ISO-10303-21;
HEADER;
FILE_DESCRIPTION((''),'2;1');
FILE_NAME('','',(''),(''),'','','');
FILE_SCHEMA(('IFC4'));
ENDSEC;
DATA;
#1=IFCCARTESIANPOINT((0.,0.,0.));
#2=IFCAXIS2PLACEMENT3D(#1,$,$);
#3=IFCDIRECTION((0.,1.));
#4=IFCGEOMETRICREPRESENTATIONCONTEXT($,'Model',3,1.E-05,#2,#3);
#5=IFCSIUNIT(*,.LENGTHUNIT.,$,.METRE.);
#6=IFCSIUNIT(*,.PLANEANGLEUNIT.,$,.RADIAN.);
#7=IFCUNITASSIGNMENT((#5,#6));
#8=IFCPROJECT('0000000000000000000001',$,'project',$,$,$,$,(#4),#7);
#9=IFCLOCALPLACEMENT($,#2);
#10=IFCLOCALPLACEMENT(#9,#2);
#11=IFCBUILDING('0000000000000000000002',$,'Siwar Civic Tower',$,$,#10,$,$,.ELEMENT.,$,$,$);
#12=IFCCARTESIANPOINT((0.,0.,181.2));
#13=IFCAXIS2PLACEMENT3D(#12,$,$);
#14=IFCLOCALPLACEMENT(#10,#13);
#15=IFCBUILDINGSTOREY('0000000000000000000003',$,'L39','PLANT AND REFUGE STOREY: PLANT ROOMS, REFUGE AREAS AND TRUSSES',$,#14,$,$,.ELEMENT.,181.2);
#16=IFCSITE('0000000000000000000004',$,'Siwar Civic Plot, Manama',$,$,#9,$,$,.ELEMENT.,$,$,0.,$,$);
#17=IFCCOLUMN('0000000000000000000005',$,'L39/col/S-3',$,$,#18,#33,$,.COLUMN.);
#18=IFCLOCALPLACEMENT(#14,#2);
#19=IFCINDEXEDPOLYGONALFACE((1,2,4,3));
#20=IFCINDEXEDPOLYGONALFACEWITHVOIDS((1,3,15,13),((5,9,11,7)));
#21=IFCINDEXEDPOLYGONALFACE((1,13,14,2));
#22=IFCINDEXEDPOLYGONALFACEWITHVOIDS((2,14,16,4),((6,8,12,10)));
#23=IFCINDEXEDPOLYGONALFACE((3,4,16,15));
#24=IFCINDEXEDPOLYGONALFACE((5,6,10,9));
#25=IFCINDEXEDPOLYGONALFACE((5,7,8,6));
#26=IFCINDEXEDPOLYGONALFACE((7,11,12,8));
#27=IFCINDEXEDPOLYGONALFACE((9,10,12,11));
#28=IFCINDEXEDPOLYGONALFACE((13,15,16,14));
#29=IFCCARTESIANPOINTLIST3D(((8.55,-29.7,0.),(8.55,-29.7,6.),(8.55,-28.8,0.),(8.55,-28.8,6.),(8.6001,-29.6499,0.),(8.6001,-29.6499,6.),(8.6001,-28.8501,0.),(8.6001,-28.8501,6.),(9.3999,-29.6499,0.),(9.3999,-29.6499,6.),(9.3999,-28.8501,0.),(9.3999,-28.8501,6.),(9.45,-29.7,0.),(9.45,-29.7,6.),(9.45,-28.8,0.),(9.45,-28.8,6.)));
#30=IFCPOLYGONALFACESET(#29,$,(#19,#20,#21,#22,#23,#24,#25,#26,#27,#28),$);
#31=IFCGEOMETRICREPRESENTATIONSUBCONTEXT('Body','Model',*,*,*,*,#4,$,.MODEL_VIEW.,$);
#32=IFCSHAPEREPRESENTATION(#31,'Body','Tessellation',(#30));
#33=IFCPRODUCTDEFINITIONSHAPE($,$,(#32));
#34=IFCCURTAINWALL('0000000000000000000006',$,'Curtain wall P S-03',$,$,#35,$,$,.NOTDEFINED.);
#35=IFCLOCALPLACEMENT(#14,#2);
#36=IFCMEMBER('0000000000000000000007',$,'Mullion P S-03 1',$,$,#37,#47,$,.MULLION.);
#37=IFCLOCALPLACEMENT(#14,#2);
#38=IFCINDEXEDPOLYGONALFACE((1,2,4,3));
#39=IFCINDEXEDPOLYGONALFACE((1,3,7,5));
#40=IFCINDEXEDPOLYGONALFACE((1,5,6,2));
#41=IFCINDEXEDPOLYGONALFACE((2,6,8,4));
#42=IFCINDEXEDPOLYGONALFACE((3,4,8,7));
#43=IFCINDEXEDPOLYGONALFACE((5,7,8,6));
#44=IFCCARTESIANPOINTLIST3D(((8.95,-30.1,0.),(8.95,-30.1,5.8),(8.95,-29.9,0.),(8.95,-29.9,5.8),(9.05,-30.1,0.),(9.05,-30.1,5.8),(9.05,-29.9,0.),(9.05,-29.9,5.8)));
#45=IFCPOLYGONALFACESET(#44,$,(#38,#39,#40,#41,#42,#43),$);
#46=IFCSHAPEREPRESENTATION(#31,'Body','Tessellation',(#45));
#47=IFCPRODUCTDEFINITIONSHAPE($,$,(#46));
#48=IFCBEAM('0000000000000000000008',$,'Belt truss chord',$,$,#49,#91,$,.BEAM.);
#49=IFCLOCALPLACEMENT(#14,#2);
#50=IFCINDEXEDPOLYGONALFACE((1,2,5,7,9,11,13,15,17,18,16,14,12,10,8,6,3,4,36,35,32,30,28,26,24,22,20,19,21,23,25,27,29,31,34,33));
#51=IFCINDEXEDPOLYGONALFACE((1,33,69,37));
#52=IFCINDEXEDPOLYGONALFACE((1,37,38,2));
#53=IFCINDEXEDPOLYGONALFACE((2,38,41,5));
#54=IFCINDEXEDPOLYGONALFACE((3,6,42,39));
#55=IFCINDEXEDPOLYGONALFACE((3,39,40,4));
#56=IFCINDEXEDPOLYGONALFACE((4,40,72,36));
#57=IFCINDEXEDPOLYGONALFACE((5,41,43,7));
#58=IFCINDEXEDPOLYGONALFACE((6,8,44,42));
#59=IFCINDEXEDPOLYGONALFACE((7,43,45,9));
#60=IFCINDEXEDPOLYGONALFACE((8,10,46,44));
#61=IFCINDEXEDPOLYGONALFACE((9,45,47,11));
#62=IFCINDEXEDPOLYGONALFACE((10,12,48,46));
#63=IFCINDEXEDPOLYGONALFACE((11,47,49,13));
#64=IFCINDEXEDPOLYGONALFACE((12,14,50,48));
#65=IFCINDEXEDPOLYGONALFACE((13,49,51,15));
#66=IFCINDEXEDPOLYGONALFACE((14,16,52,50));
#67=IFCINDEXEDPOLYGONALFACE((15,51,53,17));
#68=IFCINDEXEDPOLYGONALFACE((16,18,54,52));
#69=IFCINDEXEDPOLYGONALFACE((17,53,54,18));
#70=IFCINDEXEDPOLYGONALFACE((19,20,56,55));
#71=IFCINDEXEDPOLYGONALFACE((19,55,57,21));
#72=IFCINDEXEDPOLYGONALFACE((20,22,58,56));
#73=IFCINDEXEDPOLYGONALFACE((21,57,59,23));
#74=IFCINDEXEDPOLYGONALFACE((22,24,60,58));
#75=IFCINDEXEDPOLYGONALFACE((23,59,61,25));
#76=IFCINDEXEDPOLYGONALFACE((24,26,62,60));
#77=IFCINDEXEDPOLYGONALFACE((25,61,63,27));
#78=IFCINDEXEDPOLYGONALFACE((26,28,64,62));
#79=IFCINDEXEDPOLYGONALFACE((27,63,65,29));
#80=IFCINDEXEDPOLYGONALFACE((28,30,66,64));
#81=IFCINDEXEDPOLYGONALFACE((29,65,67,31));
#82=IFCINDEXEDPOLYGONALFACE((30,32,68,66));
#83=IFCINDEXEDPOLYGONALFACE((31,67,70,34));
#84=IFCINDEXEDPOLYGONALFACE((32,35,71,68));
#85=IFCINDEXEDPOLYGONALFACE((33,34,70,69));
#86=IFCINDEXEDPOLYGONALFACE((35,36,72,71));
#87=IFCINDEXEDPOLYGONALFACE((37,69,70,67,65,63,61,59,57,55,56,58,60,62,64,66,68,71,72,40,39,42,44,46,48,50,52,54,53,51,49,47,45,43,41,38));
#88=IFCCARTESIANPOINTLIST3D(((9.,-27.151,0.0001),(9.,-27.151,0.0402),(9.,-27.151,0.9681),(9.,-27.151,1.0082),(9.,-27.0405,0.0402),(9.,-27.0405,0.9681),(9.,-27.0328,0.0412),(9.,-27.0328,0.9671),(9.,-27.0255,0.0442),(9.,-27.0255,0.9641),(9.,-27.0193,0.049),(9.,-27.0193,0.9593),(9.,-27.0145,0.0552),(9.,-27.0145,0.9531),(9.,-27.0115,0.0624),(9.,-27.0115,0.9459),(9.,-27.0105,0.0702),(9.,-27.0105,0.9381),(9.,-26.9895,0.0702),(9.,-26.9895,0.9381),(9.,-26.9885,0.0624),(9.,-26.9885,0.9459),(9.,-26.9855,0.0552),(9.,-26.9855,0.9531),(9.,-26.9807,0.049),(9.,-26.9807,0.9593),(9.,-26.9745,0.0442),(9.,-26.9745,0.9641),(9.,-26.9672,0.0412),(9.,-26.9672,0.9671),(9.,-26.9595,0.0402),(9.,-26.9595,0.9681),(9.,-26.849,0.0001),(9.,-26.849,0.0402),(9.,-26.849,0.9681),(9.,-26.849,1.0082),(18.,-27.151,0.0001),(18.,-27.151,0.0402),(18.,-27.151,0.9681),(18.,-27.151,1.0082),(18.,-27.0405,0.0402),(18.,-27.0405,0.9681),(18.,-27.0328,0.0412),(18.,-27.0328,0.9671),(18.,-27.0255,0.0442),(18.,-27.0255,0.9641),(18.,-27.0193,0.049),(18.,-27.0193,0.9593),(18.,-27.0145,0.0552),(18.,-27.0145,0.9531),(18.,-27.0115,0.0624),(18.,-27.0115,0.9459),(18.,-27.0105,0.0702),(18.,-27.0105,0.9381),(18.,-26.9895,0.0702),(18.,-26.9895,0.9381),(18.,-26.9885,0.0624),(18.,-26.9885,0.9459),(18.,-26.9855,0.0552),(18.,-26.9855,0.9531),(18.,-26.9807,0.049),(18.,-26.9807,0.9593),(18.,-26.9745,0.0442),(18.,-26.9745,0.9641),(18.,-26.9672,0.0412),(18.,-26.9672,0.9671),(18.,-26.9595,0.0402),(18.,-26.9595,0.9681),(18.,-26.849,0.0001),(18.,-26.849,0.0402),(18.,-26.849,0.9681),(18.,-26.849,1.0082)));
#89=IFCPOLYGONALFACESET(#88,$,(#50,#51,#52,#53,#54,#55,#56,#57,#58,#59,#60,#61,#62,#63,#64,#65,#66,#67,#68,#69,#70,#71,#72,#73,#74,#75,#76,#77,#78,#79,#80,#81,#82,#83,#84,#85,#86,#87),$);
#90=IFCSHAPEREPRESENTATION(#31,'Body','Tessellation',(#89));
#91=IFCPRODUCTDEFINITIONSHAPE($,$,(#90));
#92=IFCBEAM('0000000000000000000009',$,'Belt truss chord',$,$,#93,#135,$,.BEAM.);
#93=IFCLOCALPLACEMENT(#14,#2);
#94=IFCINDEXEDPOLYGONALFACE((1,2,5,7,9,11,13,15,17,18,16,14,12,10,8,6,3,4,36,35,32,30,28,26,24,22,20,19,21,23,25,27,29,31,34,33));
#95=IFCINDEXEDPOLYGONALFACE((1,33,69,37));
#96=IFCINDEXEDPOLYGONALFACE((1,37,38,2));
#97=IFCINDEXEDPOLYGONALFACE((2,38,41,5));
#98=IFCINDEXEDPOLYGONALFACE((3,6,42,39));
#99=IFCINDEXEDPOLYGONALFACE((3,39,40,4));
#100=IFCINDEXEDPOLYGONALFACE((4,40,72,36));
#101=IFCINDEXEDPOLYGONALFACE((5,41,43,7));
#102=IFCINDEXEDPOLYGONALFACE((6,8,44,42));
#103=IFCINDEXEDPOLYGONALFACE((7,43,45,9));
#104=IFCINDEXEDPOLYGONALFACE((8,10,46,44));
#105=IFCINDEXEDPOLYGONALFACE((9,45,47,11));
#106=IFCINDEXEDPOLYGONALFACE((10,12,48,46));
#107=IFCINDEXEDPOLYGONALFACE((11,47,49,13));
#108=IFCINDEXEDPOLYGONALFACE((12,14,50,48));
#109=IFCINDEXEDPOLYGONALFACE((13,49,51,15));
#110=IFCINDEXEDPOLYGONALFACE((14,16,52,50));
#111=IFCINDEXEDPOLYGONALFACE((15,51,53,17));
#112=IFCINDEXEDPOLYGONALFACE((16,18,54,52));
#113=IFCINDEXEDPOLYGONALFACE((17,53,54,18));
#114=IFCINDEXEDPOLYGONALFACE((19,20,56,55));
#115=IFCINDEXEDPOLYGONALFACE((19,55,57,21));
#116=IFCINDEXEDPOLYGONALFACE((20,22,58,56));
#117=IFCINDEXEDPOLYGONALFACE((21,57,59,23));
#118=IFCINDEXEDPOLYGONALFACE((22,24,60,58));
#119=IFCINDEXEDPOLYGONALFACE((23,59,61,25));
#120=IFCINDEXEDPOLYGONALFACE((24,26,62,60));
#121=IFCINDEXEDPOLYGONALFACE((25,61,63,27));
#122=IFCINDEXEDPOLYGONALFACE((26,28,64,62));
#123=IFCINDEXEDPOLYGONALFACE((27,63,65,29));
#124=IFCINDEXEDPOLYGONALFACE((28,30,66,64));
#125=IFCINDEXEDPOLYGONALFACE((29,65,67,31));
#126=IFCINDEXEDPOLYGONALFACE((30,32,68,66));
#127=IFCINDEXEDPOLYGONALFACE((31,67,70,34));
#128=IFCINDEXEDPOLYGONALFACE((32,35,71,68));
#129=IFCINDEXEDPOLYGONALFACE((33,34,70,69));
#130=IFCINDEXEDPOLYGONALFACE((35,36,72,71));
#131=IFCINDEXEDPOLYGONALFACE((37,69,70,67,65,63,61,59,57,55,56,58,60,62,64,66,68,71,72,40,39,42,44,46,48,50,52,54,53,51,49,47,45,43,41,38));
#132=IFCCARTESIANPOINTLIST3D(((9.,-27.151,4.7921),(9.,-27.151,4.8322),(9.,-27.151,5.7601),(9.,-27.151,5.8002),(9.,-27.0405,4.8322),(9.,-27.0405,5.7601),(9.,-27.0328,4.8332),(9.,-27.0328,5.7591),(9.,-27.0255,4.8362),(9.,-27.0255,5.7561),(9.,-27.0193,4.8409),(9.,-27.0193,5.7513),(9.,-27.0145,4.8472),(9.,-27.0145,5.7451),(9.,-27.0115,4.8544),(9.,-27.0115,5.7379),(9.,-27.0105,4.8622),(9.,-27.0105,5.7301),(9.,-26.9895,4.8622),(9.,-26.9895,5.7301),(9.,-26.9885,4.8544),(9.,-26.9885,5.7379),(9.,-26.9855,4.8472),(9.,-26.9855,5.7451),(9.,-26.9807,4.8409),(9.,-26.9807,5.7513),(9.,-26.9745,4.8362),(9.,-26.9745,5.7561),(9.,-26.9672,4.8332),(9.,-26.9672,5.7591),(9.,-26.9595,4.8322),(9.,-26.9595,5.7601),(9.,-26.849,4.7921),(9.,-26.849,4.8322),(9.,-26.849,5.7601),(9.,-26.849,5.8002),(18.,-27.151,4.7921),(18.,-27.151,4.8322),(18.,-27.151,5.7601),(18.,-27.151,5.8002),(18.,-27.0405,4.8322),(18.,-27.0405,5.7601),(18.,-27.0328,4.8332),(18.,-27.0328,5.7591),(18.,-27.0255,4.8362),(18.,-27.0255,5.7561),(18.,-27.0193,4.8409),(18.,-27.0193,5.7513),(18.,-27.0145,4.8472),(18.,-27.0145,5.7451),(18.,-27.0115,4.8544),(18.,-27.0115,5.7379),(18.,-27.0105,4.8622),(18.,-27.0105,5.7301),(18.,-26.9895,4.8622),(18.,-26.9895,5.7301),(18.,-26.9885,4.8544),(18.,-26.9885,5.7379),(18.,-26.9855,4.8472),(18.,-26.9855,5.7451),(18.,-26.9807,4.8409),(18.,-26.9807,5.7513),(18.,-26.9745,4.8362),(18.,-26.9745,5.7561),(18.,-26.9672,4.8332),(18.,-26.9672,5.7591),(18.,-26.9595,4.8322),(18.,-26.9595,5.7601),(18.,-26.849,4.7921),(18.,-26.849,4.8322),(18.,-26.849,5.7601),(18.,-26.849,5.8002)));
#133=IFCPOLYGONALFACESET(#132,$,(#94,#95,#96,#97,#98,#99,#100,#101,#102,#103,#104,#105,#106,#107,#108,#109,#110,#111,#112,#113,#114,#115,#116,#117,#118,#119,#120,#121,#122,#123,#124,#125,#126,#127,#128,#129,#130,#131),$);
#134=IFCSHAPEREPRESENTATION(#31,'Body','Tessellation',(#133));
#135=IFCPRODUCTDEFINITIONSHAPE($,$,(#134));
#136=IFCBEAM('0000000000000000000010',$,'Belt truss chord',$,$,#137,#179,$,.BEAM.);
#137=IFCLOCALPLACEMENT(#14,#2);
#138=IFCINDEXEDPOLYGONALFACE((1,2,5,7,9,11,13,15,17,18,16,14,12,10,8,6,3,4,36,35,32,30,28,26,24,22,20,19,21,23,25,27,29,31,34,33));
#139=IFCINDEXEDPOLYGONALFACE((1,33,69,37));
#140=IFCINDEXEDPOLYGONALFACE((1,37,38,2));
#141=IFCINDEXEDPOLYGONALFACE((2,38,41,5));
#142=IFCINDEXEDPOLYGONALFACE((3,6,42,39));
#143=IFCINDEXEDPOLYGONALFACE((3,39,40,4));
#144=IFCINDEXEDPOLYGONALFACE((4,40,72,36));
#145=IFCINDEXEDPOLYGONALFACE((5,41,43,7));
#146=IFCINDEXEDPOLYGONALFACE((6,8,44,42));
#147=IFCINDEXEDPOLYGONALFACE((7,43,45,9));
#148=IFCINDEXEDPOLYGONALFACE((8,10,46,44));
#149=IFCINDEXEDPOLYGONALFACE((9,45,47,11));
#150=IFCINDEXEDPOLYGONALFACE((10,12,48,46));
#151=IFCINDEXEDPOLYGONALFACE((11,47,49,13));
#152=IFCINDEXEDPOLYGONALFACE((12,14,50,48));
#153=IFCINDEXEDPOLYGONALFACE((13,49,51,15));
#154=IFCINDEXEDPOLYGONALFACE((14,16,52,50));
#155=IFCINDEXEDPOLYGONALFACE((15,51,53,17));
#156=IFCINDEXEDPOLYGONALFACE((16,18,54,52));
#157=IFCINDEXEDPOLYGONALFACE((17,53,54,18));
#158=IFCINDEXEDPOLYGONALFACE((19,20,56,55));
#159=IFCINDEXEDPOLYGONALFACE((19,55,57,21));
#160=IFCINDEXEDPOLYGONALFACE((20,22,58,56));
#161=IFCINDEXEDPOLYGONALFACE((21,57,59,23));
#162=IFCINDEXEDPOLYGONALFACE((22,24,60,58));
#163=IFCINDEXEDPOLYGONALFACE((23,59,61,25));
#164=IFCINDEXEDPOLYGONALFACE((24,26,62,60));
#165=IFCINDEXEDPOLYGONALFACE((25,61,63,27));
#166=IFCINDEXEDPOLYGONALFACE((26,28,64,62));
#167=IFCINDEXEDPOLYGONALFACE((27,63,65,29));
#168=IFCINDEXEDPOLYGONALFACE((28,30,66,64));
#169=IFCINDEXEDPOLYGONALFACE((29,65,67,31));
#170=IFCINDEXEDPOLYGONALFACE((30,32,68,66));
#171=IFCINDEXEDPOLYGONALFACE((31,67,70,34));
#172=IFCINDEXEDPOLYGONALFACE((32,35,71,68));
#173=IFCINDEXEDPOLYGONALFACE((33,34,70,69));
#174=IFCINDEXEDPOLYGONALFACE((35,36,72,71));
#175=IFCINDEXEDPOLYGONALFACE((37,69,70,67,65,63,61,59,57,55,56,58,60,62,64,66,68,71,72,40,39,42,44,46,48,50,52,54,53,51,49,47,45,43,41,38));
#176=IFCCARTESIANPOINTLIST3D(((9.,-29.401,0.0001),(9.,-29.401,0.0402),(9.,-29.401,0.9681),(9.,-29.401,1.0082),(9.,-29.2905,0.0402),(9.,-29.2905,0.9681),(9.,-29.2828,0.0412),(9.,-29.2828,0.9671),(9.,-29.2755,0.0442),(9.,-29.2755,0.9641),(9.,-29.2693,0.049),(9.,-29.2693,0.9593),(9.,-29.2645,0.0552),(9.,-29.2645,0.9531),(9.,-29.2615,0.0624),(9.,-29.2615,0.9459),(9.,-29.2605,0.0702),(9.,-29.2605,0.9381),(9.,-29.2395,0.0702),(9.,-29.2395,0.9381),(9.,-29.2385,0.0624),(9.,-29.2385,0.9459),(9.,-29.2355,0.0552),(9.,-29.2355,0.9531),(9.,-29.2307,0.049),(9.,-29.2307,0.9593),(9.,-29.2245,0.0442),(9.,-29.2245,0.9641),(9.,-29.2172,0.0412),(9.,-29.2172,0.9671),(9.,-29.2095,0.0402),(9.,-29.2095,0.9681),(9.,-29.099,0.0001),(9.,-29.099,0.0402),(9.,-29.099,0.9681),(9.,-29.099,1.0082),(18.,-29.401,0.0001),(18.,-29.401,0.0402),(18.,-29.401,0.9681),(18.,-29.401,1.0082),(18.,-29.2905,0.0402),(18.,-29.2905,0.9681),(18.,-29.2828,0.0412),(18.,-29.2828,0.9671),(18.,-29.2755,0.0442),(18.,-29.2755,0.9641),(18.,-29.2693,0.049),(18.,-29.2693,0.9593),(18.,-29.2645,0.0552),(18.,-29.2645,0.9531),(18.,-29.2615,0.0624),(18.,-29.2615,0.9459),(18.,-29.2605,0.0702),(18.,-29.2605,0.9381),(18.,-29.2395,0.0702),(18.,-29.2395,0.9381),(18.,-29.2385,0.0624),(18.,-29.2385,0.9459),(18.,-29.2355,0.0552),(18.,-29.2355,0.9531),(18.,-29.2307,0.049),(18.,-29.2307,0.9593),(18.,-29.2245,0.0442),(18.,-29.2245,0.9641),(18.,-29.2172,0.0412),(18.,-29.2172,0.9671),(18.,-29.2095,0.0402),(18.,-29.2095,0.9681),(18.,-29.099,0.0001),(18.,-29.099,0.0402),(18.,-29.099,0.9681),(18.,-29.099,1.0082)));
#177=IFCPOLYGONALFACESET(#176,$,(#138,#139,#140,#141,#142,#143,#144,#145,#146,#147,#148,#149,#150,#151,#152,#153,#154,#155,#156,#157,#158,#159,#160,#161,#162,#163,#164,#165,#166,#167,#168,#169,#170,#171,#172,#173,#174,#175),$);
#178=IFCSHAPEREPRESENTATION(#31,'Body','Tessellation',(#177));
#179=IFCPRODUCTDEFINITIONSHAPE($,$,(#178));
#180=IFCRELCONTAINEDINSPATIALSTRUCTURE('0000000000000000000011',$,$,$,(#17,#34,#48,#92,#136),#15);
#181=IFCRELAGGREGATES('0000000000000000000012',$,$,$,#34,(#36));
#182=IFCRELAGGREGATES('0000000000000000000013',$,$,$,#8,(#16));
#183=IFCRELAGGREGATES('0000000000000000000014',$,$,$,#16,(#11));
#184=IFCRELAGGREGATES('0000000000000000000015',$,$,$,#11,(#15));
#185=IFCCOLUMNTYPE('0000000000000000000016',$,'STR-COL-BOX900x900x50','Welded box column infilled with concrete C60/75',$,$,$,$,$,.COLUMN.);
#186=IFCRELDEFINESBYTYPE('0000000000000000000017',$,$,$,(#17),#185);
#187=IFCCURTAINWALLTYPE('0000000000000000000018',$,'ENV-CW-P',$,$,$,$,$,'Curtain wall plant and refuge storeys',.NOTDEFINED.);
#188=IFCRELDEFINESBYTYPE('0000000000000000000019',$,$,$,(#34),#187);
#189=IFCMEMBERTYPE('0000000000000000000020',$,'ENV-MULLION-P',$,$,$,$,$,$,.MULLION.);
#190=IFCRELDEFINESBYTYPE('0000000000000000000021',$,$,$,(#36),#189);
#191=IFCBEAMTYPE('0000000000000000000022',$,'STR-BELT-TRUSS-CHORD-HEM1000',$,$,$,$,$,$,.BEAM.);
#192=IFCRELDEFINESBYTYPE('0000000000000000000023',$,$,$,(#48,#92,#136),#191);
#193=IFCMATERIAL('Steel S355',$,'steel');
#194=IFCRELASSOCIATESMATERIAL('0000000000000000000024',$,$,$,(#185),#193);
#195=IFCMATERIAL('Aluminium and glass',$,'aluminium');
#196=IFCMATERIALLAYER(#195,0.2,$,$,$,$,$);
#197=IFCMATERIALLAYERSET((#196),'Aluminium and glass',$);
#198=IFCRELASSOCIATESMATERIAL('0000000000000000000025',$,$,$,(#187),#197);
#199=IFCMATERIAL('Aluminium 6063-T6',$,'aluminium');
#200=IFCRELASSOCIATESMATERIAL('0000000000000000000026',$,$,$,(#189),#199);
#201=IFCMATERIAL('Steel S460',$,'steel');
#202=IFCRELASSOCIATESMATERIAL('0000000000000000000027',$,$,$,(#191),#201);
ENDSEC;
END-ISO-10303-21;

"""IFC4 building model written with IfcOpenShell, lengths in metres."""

from ifc_helpers import new_model, si_unit, direction, frame, origin, origin_2d, place, context, subcontext, project, spatial, rectangle, hollow_rectangle, i_section, extrude, material, layer, layer_set, material_profile, profile_set, type_object, element, aggregate, save


model = new_model("IFC4")

# Units and contexts
model_context = context("Model", 3, precision=1e-05, world=origin(), true_north=direction((0.0, 1.0)))
body_context = subcontext(model_context, "Body", "Model", "MODEL_VIEW")
ifc_project = project(units=[si_unit("LENGTHUNIT", "METRE"), si_unit("PLANEANGLEUNIT", "RADIAN")], contexts=[model_context])

# Site, building, storey
site_placement = place(None, origin())
site = spatial("IfcSite", under=ifc_project, at=site_placement, Name="Siwar Civic Plot, Manama", CompositionType="ELEMENT", RefElevation=0.0)
building_placement = place(site_placement, origin())
building = spatial("IfcBuilding", under=site, at=building_placement, Name="Siwar Civic Tower", CompositionType="ELEMENT")
storey_placement = place(building_placement, frame((0.0, 0.0, 181.2)))
storey = spatial("IfcBuildingStorey", under=building, at=storey_placement, Name="L39", Description="PLANT AND REFUGE STOREY: PLANT ROOMS, REFUGE AREAS AND TRUSSES", CompositionType="ELEMENT", Elevation=181.2)

# Column
ifc_material_1 = material(Name="Steel S355", Category="steel")
ifc_material_profile_1 = material_profile(ifc_material_1, hollow_rectangle(XDim=0.8999, YDim=0.8999, WallThickness=0.05, at=origin_2d()), Name="BOX900x900x50")
ifc_profile_set_1 = profile_set([ifc_material_profile_1], Name="Steel S355")
column_type = type_object("IfcColumnType", Name="STR-COL-BOX900x900x50", Description="Welded box column infilled with concrete C60/75", PredefinedType="COLUMN", material=ifc_profile_set_1)
column_placement = place(storey_placement, frame((9.0, -29.25, 0.0), z_axis=(0.0, 0.0, 1.0), x_axis=(1.0, 0.0, 0.0)))
element("IfcColumn", 1, at=column_placement, inside=storey, type_object=column_type, Name="L39/col/S-3", PredefinedType="COLUMN", context=body_context, shape_type="SweptSolid", body=[
    extrude(hollow_rectangle(XDim=0.8999, YDim=0.8999, WallThickness=0.05, at=origin_2d()), origin(), (0.0, 0.0, 1.0), 6.0),
])

# Curtain wall, member
ifc_material_2 = material(Name="Aluminium and glass", Category="aluminium")
ifc_layer_1 = layer(ifc_material_2, 0.2)
ifc_layer_set_1 = layer_set([ifc_layer_1], Name="Aluminium and glass")
curtain_wall_type = type_object("IfcCurtainWallType", Name="ENV-CW-P", ElementType="Curtain wall plant and refuge storeys", PredefinedType="NOTDEFINED", material=ifc_layer_set_1)
curtain_wall_placement = place(storey_placement, origin())
curtain_wall = element("IfcCurtainWall", 2, at=curtain_wall_placement, inside=storey, type_object=curtain_wall_type, Name="Curtain wall P S-03", PredefinedType="NOTDEFINED")
ifc_material_3 = material(Name="Aluminium 6063-T6", Category="aluminium")
ifc_material_profile_2 = material_profile(ifc_material_3, rectangle(XDim=0.2, YDim=0.1001, at=origin_2d()), Name="AL 200x100")
ifc_profile_set_2 = profile_set([ifc_material_profile_2], Name="Aluminium 6063-T6")
member_type_1 = type_object("IfcMemberType", Name="ENV-MULLION-P", PredefinedType="MULLION", material=ifc_profile_set_2)
member_1_placement = place(storey_placement, frame((9.0, -30.0, 0.0), z_axis=(0.0, 0.0, 1.0), x_axis=(0.0, 1.0, 0.0)))
member_1 = element("IfcMember", 3, at=member_1_placement, type_object=member_type_1, Name="Mullion P S-03 1", PredefinedType="MULLION", context=body_context, shape_type="SweptSolid", body=[
    extrude(rectangle(XDim=0.2, YDim=0.1001, at=origin_2d()), origin(), (0.0, 0.0, 1.0), 5.8),
])
aggregate(curtain_wall, [member_1])

# Beams
ifc_material_4 = material(Name="Steel S460", Category="steel")
ifc_material_profile_3 = material_profile(ifc_material_4, i_section(OverallWidth=0.302, OverallDepth=1.0081, WebThickness=0.021, FlangeThickness=0.04, FilletRadius=0.03, at=origin_2d()), Name="HEM1000")
ifc_profile_set_3 = profile_set([ifc_material_profile_3], Name="Steel S460")
beam_type_1 = type_object("IfcBeamType", Name="STR-BELT-TRUSS-CHORD-HEM1000", PredefinedType="BEAM", material=ifc_profile_set_3)
for number, where, z_axis, x_axis, name in (
    (4, (9.0, -27.0, 0.5042), (1.0, 0.0, 0.0), (0.0, 1.0, 0.0), "Belt truss chord"),
    (5, (9.0, -27.0, 5.2961), (1.0, 0.0, 0.0), (0.0, 1.0, 0.0), "Belt truss chord"),
    (6, (9.0, -29.25, 0.5042), (1.0, 0.0, 0.0), (0.0, 1.0, 0.0), "Belt truss chord"),
):
    element("IfcBeam", number, at=place(storey_placement, frame(where, z_axis=z_axis, x_axis=x_axis)), inside=storey, type_object=beam_type_1, Name=name, PredefinedType="BEAM", context=body_context, shape_type="SweptSolid", body=[
        extrude(i_section(OverallWidth=0.302, OverallDepth=1.0081, WebThickness=0.021, FlangeThickness=0.04, FilletRadius=0.03, at=origin_2d()), origin(), (0.0, 0.0, 1.0), 9.0),
    ])

save(model, "model.ifc")
